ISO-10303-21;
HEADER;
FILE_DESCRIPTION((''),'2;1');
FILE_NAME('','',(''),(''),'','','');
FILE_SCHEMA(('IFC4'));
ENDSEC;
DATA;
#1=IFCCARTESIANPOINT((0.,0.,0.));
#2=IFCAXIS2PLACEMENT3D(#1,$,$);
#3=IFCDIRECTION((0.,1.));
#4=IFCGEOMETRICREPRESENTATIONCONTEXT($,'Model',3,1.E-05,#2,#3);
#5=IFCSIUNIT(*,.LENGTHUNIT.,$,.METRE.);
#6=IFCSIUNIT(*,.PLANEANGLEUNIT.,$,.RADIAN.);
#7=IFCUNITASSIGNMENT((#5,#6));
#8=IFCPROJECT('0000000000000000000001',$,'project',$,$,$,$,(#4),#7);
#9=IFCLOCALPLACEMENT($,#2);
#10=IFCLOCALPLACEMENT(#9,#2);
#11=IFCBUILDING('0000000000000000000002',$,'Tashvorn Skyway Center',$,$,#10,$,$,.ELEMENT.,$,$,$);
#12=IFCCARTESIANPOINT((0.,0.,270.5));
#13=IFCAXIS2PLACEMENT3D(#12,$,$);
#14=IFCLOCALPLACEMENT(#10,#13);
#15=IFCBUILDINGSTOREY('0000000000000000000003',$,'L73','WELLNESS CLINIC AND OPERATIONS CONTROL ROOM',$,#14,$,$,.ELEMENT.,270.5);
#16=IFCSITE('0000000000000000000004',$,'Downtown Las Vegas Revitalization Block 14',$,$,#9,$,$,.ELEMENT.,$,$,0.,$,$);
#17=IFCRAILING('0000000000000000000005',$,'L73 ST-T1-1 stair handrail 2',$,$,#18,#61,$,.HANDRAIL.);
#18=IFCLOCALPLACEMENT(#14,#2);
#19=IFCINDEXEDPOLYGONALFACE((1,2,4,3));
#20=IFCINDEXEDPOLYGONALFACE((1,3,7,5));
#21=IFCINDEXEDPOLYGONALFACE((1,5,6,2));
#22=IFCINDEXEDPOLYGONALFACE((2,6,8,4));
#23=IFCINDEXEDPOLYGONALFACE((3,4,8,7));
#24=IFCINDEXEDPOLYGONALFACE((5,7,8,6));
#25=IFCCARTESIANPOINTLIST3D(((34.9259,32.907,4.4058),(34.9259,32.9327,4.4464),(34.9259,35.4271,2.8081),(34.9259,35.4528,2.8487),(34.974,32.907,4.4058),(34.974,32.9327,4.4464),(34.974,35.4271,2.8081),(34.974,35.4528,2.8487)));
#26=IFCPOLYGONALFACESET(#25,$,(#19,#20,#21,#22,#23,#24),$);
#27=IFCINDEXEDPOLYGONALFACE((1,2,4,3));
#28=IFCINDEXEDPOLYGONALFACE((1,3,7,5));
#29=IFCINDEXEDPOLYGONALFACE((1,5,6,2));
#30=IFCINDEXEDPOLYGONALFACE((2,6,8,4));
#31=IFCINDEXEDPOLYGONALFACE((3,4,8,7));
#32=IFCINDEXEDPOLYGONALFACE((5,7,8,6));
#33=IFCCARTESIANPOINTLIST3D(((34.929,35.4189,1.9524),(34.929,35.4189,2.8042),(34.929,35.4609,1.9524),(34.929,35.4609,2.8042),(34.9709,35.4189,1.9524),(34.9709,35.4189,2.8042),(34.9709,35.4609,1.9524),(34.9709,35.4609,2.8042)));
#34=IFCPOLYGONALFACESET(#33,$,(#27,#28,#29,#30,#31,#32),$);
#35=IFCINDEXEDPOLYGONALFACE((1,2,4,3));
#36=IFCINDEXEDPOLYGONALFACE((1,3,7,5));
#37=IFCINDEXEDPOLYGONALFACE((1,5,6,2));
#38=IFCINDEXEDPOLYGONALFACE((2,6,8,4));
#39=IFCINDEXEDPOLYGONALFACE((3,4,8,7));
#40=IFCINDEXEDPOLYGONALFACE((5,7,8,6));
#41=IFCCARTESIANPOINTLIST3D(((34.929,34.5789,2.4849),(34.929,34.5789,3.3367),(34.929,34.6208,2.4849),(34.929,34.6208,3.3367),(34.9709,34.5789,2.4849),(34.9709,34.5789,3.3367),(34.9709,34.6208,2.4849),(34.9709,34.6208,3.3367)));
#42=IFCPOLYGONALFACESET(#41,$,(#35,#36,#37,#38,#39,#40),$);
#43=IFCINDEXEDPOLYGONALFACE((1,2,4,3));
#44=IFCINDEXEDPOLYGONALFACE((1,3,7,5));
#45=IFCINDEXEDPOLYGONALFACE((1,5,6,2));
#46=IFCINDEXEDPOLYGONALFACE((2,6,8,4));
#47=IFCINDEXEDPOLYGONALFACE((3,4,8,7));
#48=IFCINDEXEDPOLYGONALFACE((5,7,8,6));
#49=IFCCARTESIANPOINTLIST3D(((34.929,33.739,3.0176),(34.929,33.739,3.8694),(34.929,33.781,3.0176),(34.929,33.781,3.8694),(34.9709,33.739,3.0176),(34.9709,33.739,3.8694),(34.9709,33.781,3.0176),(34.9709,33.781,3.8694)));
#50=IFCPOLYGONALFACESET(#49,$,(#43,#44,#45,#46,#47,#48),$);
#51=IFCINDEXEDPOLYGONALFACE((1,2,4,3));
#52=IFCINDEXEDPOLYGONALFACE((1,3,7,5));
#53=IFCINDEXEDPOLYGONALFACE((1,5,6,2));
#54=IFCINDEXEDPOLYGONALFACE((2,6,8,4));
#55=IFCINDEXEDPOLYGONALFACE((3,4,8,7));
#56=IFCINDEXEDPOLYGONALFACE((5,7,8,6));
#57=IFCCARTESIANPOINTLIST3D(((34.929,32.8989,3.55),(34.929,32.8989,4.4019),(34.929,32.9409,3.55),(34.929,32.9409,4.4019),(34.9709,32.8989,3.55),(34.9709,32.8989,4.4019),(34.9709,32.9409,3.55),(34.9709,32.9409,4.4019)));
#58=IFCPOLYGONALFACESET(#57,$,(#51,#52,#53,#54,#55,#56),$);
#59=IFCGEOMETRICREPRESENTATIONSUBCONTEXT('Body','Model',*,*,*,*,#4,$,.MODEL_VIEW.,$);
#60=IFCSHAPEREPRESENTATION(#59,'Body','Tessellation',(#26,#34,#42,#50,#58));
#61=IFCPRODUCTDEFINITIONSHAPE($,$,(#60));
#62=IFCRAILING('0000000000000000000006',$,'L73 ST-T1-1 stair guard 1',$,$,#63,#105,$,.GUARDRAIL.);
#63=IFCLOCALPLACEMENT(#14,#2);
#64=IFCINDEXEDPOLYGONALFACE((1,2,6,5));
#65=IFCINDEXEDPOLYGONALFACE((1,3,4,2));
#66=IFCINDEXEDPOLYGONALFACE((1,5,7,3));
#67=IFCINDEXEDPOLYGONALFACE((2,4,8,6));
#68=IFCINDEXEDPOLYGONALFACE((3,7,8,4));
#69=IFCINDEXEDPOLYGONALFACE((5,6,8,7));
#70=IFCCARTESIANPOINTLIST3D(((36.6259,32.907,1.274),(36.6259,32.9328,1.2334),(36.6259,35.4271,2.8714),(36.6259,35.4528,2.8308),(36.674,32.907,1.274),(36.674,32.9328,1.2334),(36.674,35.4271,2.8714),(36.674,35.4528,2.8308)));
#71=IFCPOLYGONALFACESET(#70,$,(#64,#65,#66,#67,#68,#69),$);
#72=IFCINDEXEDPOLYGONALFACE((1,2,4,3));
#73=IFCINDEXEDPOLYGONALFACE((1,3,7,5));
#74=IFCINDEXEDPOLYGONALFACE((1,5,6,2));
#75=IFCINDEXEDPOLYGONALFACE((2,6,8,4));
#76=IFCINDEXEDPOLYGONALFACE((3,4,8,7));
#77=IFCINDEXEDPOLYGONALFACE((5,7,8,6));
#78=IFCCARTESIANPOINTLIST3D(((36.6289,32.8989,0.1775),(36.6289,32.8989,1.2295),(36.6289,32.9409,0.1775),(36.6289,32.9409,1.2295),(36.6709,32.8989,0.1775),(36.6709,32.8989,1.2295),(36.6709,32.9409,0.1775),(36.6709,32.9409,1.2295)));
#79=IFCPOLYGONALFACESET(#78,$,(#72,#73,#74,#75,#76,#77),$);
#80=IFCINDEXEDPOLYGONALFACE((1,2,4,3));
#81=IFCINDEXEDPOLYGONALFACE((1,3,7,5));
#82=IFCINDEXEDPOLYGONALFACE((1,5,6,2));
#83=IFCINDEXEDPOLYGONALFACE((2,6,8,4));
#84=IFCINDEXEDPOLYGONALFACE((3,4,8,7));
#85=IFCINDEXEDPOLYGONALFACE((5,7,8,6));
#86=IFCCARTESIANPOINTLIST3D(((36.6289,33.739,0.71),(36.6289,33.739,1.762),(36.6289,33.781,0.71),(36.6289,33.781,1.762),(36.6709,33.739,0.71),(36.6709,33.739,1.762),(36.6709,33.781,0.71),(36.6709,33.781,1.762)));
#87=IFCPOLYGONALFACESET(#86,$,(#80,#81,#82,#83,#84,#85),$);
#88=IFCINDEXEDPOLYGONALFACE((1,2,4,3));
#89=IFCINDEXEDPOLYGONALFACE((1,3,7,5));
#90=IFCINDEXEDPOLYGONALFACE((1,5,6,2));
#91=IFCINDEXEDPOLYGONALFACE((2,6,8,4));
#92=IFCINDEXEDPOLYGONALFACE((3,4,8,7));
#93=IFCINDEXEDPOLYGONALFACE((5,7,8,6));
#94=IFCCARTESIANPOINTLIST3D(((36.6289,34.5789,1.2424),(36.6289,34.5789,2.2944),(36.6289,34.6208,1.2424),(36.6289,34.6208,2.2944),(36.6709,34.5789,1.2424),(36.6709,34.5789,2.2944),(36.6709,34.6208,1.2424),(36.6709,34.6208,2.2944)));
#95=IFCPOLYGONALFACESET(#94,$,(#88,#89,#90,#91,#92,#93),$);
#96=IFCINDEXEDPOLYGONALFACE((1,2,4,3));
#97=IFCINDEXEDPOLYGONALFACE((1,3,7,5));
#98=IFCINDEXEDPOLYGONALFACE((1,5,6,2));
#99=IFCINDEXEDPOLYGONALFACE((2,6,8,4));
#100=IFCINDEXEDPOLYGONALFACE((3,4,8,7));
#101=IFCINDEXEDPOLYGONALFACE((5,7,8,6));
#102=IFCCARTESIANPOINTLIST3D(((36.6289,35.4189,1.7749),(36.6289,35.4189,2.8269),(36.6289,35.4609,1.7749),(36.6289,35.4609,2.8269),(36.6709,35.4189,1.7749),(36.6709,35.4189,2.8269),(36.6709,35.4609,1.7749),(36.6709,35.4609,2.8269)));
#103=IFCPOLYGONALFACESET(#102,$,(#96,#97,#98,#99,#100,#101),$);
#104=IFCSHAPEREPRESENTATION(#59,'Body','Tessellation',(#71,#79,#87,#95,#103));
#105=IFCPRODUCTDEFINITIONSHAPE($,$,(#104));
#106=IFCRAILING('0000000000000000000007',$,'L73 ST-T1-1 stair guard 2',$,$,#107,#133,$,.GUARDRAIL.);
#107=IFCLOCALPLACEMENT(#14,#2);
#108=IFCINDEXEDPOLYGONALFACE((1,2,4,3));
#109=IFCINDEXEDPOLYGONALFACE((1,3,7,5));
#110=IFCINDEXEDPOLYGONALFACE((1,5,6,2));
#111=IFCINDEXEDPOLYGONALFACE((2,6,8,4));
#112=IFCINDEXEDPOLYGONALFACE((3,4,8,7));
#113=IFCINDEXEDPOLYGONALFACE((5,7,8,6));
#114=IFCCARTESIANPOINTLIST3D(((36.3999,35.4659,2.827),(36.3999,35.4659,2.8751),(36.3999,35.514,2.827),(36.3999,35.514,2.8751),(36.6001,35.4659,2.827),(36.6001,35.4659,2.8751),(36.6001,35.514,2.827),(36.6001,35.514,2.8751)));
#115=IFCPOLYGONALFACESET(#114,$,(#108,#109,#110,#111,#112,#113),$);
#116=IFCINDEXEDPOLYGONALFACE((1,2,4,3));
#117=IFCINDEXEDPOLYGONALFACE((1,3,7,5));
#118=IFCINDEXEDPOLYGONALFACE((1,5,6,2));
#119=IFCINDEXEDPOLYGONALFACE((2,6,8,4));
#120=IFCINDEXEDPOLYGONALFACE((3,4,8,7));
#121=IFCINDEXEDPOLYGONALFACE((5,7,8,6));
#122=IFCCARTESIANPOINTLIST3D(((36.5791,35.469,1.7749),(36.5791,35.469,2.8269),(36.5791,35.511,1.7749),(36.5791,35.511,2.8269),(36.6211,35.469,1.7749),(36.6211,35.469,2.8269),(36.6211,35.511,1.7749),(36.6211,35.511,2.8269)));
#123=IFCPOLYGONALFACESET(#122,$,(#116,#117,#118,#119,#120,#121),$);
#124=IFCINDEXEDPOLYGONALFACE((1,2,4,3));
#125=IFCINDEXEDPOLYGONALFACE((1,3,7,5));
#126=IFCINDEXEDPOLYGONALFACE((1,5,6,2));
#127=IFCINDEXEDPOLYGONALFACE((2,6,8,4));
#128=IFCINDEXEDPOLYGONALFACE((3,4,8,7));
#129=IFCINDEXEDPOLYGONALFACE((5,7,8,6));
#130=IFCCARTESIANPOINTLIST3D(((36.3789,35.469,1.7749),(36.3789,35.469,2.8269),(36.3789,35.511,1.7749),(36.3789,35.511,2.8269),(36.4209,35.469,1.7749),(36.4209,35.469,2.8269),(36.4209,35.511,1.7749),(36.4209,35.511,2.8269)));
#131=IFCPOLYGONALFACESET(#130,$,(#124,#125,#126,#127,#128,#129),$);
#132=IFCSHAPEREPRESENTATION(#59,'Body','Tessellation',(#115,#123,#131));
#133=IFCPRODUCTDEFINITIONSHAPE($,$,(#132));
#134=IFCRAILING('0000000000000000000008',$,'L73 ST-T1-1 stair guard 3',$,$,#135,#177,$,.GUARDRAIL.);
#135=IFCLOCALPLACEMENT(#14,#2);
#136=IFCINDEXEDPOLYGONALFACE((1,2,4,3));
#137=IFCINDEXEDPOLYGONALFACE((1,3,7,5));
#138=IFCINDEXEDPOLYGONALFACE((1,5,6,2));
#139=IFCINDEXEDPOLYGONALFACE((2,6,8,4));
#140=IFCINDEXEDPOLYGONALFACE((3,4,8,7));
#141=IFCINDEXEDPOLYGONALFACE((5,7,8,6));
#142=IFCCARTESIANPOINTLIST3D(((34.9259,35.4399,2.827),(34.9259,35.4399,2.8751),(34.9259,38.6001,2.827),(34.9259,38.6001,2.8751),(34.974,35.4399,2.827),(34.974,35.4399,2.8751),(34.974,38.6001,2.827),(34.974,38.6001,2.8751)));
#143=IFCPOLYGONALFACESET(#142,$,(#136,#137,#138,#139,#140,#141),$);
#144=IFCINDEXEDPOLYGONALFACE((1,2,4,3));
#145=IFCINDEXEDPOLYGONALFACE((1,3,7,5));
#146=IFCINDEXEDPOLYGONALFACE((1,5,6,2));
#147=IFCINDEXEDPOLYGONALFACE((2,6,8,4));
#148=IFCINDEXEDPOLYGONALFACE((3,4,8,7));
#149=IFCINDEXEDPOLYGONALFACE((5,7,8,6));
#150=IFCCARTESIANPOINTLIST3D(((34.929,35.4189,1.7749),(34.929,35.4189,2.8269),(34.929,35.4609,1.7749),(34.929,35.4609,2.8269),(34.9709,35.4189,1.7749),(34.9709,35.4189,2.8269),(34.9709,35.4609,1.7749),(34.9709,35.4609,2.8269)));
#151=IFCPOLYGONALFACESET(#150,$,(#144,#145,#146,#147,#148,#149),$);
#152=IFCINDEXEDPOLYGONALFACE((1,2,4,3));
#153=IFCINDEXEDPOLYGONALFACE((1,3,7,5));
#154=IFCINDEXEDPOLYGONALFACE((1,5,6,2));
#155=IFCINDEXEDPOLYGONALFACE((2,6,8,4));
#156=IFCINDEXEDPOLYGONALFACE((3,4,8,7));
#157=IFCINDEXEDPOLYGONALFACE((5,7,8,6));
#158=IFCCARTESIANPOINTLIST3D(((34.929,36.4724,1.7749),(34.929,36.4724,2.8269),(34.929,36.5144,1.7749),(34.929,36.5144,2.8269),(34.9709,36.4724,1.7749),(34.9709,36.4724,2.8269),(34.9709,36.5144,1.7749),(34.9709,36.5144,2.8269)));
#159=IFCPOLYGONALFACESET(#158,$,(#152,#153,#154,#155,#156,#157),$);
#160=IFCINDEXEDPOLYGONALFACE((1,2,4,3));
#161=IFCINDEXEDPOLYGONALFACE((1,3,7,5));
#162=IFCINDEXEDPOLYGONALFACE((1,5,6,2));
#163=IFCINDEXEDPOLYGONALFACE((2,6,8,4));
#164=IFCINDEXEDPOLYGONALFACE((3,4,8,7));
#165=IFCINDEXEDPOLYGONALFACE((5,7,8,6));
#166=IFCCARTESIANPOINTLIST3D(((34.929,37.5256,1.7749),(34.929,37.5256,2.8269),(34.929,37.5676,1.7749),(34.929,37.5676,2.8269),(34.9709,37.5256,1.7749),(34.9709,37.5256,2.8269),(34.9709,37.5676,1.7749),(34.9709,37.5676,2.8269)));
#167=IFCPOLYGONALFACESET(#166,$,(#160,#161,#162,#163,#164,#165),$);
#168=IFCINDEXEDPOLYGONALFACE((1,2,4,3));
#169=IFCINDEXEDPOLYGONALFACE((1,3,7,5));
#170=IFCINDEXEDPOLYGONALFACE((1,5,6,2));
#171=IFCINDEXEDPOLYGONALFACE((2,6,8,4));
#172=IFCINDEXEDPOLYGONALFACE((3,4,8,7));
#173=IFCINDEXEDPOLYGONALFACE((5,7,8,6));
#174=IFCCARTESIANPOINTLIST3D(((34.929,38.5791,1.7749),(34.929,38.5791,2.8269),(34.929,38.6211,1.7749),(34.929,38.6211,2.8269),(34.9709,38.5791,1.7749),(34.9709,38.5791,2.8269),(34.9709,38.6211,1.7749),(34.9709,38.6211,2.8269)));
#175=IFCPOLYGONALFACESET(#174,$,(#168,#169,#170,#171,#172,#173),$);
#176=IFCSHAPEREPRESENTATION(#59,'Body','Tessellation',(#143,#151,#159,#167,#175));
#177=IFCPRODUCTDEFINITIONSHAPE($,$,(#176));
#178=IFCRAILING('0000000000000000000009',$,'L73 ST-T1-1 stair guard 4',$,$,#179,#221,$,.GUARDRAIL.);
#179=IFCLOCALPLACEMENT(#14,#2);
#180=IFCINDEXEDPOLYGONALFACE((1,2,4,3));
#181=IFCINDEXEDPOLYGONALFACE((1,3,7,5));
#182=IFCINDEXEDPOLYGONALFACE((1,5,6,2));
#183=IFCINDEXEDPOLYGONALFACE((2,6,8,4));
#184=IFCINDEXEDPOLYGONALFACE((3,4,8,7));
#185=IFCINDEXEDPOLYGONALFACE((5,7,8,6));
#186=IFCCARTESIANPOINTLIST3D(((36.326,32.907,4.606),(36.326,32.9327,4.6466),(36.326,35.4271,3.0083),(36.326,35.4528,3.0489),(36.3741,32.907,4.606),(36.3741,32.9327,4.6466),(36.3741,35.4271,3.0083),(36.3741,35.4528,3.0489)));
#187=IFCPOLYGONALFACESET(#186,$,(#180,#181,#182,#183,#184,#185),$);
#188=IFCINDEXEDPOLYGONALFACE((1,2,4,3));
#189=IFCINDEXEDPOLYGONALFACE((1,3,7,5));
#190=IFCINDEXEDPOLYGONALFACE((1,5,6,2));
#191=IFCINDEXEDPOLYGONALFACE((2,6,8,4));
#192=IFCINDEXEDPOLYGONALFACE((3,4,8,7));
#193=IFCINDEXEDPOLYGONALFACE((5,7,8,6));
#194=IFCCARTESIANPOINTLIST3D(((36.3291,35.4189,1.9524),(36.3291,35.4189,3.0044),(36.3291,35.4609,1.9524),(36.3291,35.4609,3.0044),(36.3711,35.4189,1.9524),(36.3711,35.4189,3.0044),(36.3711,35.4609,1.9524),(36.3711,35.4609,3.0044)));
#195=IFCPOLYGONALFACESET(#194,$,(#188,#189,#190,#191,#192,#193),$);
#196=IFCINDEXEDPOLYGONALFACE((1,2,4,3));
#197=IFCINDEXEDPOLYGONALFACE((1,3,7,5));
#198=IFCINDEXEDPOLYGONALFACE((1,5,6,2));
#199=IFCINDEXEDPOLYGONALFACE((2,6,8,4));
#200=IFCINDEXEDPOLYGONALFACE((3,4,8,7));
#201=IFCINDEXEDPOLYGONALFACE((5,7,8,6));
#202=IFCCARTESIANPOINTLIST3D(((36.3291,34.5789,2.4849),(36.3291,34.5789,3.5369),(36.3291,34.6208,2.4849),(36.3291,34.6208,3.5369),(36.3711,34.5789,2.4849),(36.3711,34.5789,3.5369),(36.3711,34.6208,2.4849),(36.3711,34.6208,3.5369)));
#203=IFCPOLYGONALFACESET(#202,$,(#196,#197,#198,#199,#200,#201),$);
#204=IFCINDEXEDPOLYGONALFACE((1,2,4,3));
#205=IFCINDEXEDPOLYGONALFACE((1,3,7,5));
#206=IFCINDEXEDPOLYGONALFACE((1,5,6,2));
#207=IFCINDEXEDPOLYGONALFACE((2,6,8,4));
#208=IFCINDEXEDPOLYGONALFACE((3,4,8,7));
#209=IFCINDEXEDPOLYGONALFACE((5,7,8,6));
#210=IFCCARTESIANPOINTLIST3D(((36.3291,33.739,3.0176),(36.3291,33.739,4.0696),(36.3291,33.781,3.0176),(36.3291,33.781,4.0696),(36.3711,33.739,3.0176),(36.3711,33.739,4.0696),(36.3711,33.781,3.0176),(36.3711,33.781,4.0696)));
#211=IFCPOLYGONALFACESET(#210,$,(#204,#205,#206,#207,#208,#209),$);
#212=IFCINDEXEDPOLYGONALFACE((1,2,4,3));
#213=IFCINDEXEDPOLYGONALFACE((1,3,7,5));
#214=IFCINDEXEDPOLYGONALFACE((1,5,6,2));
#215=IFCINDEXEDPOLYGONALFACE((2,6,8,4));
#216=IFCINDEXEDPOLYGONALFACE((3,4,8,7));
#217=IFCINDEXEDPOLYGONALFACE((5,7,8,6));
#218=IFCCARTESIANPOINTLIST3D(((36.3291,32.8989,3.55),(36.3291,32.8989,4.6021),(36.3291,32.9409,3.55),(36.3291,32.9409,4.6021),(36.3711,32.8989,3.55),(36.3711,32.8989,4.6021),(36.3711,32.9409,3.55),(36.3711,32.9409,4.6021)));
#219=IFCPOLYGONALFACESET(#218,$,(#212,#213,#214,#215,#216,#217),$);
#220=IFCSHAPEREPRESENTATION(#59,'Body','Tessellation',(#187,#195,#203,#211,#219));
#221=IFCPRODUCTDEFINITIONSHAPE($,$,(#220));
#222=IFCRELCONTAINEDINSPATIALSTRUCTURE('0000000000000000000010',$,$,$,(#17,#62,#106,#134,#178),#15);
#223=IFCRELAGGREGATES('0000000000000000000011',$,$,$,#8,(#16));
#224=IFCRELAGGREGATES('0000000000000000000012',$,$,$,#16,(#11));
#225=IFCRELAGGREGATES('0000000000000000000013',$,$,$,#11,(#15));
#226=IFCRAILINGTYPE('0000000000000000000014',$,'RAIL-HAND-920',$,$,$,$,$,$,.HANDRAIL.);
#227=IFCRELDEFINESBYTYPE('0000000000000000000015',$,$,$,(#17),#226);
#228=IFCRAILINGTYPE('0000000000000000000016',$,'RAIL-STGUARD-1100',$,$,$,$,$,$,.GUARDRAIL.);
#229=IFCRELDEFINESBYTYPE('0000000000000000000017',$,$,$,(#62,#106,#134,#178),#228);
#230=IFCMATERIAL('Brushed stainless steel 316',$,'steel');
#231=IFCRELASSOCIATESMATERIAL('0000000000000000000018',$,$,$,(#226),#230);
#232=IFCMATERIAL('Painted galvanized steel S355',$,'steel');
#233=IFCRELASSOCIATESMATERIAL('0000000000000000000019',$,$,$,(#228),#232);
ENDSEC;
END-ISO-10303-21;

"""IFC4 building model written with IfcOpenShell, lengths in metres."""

from ifc_helpers import new_model, si_unit, direction, frame, origin, origin_2d, place, context, subcontext, project, spatial, rectangle, extrude, material, type_object, element, save


model = new_model("IFC4")

# Units and contexts
model_context = context("Model", 3, precision=1e-05, world=origin(), true_north=direction((0.0, 1.0)))
body_context = subcontext(model_context, "Body", "Model", "MODEL_VIEW")
ifc_project = project(units=[si_unit("LENGTHUNIT", "METRE"), si_unit("PLANEANGLEUNIT", "RADIAN")], contexts=[model_context])

# Site, building, storey
site_placement = place(None, origin())
site = spatial("IfcSite", under=ifc_project, at=site_placement, Name="Downtown Las Vegas Revitalization Block 14", CompositionType="ELEMENT", RefElevation=0.0)
building_placement = place(site_placement, origin())
building = spatial("IfcBuilding", under=site, at=building_placement, Name="Tashvorn Skyway Center", CompositionType="ELEMENT")
storey_placement = place(building_placement, frame((0.0, 0.0, 270.5)))
storey = spatial("IfcBuildingStorey", under=building, at=storey_placement, Name="L73", Description="WELLNESS CLINIC AND OPERATIONS CONTROL ROOM", CompositionType="ELEMENT", Elevation=270.5)

# Railings
ifc_material_1 = material(Name="Brushed stainless steel 316", Category="steel")
railing_type_1 = type_object("IfcRailingType", Name="RAIL-HAND-920", PredefinedType="HANDRAIL", material=ifc_material_1)
railing_1_placement = place(storey_placement, frame((34.95, 35.4399, 1.9524)))
element("IfcRailing", 1, at=railing_1_placement, inside=storey, type_object=railing_type_1, Name="L73 ST-T1-1 stair handrail 2", PredefinedType="HANDRAIL", context=body_context, shape_type="SweptSolid", body=[
    extrude(rectangle(XDim=0.0481, YDim=0.0481, at=origin_2d()), frame((0.0, 0.0, 0.876), z_axis=(0.0, -0.84457, 0.535445), x_axis=(1.0, 0.0, 0.0)), (0.0, 0.0, 1.0), 2.9839),
    extrude(rectangle(XDim=0.042, YDim=0.042, at=origin_2d()), origin(), (0.0, 0.0, 1.0), 0.8518),
    extrude(rectangle(XDim=0.042, YDim=0.042, at=origin_2d()), frame((0.0, -0.8401, 0.5325)), (0.0, 0.0, 1.0), 0.8518),
    extrude(rectangle(XDim=0.042, YDim=0.042, at=origin_2d()), frame((0.0, -1.6799, 1.0652)), (0.0, 0.0, 1.0), 0.8518),
    extrude(rectangle(XDim=0.042, YDim=0.042, at=origin_2d()), frame((0.0, -2.52, 1.5977)), (0.0, 0.0, 1.0), 0.8518),
])
ifc_material_2 = material(Name="Painted galvanized steel S355", Category="steel")
railing_type_2 = type_object("IfcRailingType", Name="RAIL-STGUARD-1100", PredefinedType="GUARDRAIL", material=ifc_material_2)
railing_2_placement = place(storey_placement, frame((36.6499, 32.9199, 0.1775)))
element("IfcRailing", 2, at=railing_2_placement, inside=storey, type_object=railing_type_2, Name="L73 ST-T1-1 stair guard 1", PredefinedType="GUARDRAIL", context=body_context, shape_type="SweptSolid", body=[
    extrude(rectangle(XDim=0.0481, YDim=0.0481, at=origin_2d()), frame((0.0, 0.0, 1.0762), z_axis=(0.0, 0.844607, 0.535387), x_axis=(-1.0, 0.0, 0.0)), (0.0, 0.0, 1.0), 2.9836),
    extrude(rectangle(XDim=0.042, YDim=0.042, at=origin_2d()), origin(), (0.0, 0.0, 1.0), 1.052),
    extrude(rectangle(XDim=0.042, YDim=0.042, at=origin_2d()), frame((0.0, 0.8401, 0.5325)), (0.0, 0.0, 1.0), 1.052),
    extrude(rectangle(XDim=0.042, YDim=0.042, at=origin_2d()), frame((0.0, 1.6799, 1.0649)), (0.0, 0.0, 1.0), 1.052),
    extrude(rectangle(XDim=0.042, YDim=0.042, at=origin_2d()), frame((0.0, 2.52, 1.5974)), (0.0, 0.0, 1.0), 1.052),
])
railing_3_placement = place(storey_placement, frame((36.6001, 35.49, 1.7749)))
element("IfcRailing", 3, at=railing_3_placement, inside=storey, type_object=railing_type_2, Name="L73 ST-T1-1 stair guard 2", PredefinedType="GUARDRAIL", context=body_context, shape_type="SweptSolid", body=[
    extrude(rectangle(XDim=0.0481, YDim=0.0481, at=origin_2d()), frame((0.0, 0.0, 1.0762), z_axis=(-1.0, 0.0, 0.0), x_axis=(0.0, -1.0, 0.0)), (0.0, 0.0, 1.0), 0.2002),
    extrude(rectangle(XDim=0.042, YDim=0.042, at=origin_2d()), origin(), (0.0, 0.0, 1.0), 1.052),
    extrude(rectangle(XDim=0.042, YDim=0.042, at=origin_2d()), frame((-0.2002, 0.0, 0.0)), (0.0, 0.0, 1.0), 1.052),
])
railing_4_placement = place(storey_placement, frame((34.95, 35.4399, 1.7749)))
element("IfcRailing", 4, at=railing_4_placement, inside=storey, type_object=railing_type_2, Name="L73 ST-T1-1 stair guard 3", PredefinedType="GUARDRAIL", context=body_context, shape_type="SweptSolid", body=[
    extrude(rectangle(XDim=0.0481, YDim=0.0481, at=origin_2d()), frame((0.0, 0.0, 1.0762), z_axis=(0.0, 1.0, 0.0), x_axis=(-1.0, 0.0, 0.0)), (0.0, 0.0, 1.0), 3.1602),
    extrude(rectangle(XDim=0.042, YDim=0.042, at=origin_2d()), origin(), (0.0, 0.0, 1.0), 1.052),
    extrude(rectangle(XDim=0.042, YDim=0.042, at=origin_2d()), frame((0.0, 1.0535, 0.0)), (0.0, 0.0, 1.0), 1.052),
    extrude(rectangle(XDim=0.042, YDim=0.042, at=origin_2d()), frame((0.0, 2.1067, 0.0)), (0.0, 0.0, 1.0), 1.052),
    extrude(rectangle(XDim=0.042, YDim=0.042, at=origin_2d()), frame((0.0, 3.1602, 0.0)), (0.0, 0.0, 1.0), 1.052),
])
railing_5_placement = place(storey_placement, frame((36.3501, 35.4399, 1.9524)))
element("IfcRailing", 5, at=railing_5_placement, inside=storey, type_object=railing_type_2, Name="L73 ST-T1-1 stair guard 4", PredefinedType="GUARDRAIL", context=body_context, shape_type="SweptSolid", body=[
    extrude(rectangle(XDim=0.0481, YDim=0.0481, at=origin_2d()), frame((0.0, 0.0, 1.0762), z_axis=(0.0, -0.84457, 0.535445), x_axis=(1.0, 0.0, 0.0)), (0.0, 0.0, 1.0), 2.9839),
    extrude(rectangle(XDim=0.042, YDim=0.042, at=origin_2d()), origin(), (0.0, 0.0, 1.0), 1.052),
    extrude(rectangle(XDim=0.042, YDim=0.042, at=origin_2d()), frame((0.0, -0.8401, 0.5325)), (0.0, 0.0, 1.0), 1.052),
    extrude(rectangle(XDim=0.042, YDim=0.042, at=origin_2d()), frame((0.0, -1.6799, 1.0652)), (0.0, 0.0, 1.0), 1.052),
    extrude(rectangle(XDim=0.042, YDim=0.042, at=origin_2d()), frame((0.0, -2.52, 1.5977)), (0.0, 0.0, 1.0), 1.052),
])

save(model, "model.ifc")
